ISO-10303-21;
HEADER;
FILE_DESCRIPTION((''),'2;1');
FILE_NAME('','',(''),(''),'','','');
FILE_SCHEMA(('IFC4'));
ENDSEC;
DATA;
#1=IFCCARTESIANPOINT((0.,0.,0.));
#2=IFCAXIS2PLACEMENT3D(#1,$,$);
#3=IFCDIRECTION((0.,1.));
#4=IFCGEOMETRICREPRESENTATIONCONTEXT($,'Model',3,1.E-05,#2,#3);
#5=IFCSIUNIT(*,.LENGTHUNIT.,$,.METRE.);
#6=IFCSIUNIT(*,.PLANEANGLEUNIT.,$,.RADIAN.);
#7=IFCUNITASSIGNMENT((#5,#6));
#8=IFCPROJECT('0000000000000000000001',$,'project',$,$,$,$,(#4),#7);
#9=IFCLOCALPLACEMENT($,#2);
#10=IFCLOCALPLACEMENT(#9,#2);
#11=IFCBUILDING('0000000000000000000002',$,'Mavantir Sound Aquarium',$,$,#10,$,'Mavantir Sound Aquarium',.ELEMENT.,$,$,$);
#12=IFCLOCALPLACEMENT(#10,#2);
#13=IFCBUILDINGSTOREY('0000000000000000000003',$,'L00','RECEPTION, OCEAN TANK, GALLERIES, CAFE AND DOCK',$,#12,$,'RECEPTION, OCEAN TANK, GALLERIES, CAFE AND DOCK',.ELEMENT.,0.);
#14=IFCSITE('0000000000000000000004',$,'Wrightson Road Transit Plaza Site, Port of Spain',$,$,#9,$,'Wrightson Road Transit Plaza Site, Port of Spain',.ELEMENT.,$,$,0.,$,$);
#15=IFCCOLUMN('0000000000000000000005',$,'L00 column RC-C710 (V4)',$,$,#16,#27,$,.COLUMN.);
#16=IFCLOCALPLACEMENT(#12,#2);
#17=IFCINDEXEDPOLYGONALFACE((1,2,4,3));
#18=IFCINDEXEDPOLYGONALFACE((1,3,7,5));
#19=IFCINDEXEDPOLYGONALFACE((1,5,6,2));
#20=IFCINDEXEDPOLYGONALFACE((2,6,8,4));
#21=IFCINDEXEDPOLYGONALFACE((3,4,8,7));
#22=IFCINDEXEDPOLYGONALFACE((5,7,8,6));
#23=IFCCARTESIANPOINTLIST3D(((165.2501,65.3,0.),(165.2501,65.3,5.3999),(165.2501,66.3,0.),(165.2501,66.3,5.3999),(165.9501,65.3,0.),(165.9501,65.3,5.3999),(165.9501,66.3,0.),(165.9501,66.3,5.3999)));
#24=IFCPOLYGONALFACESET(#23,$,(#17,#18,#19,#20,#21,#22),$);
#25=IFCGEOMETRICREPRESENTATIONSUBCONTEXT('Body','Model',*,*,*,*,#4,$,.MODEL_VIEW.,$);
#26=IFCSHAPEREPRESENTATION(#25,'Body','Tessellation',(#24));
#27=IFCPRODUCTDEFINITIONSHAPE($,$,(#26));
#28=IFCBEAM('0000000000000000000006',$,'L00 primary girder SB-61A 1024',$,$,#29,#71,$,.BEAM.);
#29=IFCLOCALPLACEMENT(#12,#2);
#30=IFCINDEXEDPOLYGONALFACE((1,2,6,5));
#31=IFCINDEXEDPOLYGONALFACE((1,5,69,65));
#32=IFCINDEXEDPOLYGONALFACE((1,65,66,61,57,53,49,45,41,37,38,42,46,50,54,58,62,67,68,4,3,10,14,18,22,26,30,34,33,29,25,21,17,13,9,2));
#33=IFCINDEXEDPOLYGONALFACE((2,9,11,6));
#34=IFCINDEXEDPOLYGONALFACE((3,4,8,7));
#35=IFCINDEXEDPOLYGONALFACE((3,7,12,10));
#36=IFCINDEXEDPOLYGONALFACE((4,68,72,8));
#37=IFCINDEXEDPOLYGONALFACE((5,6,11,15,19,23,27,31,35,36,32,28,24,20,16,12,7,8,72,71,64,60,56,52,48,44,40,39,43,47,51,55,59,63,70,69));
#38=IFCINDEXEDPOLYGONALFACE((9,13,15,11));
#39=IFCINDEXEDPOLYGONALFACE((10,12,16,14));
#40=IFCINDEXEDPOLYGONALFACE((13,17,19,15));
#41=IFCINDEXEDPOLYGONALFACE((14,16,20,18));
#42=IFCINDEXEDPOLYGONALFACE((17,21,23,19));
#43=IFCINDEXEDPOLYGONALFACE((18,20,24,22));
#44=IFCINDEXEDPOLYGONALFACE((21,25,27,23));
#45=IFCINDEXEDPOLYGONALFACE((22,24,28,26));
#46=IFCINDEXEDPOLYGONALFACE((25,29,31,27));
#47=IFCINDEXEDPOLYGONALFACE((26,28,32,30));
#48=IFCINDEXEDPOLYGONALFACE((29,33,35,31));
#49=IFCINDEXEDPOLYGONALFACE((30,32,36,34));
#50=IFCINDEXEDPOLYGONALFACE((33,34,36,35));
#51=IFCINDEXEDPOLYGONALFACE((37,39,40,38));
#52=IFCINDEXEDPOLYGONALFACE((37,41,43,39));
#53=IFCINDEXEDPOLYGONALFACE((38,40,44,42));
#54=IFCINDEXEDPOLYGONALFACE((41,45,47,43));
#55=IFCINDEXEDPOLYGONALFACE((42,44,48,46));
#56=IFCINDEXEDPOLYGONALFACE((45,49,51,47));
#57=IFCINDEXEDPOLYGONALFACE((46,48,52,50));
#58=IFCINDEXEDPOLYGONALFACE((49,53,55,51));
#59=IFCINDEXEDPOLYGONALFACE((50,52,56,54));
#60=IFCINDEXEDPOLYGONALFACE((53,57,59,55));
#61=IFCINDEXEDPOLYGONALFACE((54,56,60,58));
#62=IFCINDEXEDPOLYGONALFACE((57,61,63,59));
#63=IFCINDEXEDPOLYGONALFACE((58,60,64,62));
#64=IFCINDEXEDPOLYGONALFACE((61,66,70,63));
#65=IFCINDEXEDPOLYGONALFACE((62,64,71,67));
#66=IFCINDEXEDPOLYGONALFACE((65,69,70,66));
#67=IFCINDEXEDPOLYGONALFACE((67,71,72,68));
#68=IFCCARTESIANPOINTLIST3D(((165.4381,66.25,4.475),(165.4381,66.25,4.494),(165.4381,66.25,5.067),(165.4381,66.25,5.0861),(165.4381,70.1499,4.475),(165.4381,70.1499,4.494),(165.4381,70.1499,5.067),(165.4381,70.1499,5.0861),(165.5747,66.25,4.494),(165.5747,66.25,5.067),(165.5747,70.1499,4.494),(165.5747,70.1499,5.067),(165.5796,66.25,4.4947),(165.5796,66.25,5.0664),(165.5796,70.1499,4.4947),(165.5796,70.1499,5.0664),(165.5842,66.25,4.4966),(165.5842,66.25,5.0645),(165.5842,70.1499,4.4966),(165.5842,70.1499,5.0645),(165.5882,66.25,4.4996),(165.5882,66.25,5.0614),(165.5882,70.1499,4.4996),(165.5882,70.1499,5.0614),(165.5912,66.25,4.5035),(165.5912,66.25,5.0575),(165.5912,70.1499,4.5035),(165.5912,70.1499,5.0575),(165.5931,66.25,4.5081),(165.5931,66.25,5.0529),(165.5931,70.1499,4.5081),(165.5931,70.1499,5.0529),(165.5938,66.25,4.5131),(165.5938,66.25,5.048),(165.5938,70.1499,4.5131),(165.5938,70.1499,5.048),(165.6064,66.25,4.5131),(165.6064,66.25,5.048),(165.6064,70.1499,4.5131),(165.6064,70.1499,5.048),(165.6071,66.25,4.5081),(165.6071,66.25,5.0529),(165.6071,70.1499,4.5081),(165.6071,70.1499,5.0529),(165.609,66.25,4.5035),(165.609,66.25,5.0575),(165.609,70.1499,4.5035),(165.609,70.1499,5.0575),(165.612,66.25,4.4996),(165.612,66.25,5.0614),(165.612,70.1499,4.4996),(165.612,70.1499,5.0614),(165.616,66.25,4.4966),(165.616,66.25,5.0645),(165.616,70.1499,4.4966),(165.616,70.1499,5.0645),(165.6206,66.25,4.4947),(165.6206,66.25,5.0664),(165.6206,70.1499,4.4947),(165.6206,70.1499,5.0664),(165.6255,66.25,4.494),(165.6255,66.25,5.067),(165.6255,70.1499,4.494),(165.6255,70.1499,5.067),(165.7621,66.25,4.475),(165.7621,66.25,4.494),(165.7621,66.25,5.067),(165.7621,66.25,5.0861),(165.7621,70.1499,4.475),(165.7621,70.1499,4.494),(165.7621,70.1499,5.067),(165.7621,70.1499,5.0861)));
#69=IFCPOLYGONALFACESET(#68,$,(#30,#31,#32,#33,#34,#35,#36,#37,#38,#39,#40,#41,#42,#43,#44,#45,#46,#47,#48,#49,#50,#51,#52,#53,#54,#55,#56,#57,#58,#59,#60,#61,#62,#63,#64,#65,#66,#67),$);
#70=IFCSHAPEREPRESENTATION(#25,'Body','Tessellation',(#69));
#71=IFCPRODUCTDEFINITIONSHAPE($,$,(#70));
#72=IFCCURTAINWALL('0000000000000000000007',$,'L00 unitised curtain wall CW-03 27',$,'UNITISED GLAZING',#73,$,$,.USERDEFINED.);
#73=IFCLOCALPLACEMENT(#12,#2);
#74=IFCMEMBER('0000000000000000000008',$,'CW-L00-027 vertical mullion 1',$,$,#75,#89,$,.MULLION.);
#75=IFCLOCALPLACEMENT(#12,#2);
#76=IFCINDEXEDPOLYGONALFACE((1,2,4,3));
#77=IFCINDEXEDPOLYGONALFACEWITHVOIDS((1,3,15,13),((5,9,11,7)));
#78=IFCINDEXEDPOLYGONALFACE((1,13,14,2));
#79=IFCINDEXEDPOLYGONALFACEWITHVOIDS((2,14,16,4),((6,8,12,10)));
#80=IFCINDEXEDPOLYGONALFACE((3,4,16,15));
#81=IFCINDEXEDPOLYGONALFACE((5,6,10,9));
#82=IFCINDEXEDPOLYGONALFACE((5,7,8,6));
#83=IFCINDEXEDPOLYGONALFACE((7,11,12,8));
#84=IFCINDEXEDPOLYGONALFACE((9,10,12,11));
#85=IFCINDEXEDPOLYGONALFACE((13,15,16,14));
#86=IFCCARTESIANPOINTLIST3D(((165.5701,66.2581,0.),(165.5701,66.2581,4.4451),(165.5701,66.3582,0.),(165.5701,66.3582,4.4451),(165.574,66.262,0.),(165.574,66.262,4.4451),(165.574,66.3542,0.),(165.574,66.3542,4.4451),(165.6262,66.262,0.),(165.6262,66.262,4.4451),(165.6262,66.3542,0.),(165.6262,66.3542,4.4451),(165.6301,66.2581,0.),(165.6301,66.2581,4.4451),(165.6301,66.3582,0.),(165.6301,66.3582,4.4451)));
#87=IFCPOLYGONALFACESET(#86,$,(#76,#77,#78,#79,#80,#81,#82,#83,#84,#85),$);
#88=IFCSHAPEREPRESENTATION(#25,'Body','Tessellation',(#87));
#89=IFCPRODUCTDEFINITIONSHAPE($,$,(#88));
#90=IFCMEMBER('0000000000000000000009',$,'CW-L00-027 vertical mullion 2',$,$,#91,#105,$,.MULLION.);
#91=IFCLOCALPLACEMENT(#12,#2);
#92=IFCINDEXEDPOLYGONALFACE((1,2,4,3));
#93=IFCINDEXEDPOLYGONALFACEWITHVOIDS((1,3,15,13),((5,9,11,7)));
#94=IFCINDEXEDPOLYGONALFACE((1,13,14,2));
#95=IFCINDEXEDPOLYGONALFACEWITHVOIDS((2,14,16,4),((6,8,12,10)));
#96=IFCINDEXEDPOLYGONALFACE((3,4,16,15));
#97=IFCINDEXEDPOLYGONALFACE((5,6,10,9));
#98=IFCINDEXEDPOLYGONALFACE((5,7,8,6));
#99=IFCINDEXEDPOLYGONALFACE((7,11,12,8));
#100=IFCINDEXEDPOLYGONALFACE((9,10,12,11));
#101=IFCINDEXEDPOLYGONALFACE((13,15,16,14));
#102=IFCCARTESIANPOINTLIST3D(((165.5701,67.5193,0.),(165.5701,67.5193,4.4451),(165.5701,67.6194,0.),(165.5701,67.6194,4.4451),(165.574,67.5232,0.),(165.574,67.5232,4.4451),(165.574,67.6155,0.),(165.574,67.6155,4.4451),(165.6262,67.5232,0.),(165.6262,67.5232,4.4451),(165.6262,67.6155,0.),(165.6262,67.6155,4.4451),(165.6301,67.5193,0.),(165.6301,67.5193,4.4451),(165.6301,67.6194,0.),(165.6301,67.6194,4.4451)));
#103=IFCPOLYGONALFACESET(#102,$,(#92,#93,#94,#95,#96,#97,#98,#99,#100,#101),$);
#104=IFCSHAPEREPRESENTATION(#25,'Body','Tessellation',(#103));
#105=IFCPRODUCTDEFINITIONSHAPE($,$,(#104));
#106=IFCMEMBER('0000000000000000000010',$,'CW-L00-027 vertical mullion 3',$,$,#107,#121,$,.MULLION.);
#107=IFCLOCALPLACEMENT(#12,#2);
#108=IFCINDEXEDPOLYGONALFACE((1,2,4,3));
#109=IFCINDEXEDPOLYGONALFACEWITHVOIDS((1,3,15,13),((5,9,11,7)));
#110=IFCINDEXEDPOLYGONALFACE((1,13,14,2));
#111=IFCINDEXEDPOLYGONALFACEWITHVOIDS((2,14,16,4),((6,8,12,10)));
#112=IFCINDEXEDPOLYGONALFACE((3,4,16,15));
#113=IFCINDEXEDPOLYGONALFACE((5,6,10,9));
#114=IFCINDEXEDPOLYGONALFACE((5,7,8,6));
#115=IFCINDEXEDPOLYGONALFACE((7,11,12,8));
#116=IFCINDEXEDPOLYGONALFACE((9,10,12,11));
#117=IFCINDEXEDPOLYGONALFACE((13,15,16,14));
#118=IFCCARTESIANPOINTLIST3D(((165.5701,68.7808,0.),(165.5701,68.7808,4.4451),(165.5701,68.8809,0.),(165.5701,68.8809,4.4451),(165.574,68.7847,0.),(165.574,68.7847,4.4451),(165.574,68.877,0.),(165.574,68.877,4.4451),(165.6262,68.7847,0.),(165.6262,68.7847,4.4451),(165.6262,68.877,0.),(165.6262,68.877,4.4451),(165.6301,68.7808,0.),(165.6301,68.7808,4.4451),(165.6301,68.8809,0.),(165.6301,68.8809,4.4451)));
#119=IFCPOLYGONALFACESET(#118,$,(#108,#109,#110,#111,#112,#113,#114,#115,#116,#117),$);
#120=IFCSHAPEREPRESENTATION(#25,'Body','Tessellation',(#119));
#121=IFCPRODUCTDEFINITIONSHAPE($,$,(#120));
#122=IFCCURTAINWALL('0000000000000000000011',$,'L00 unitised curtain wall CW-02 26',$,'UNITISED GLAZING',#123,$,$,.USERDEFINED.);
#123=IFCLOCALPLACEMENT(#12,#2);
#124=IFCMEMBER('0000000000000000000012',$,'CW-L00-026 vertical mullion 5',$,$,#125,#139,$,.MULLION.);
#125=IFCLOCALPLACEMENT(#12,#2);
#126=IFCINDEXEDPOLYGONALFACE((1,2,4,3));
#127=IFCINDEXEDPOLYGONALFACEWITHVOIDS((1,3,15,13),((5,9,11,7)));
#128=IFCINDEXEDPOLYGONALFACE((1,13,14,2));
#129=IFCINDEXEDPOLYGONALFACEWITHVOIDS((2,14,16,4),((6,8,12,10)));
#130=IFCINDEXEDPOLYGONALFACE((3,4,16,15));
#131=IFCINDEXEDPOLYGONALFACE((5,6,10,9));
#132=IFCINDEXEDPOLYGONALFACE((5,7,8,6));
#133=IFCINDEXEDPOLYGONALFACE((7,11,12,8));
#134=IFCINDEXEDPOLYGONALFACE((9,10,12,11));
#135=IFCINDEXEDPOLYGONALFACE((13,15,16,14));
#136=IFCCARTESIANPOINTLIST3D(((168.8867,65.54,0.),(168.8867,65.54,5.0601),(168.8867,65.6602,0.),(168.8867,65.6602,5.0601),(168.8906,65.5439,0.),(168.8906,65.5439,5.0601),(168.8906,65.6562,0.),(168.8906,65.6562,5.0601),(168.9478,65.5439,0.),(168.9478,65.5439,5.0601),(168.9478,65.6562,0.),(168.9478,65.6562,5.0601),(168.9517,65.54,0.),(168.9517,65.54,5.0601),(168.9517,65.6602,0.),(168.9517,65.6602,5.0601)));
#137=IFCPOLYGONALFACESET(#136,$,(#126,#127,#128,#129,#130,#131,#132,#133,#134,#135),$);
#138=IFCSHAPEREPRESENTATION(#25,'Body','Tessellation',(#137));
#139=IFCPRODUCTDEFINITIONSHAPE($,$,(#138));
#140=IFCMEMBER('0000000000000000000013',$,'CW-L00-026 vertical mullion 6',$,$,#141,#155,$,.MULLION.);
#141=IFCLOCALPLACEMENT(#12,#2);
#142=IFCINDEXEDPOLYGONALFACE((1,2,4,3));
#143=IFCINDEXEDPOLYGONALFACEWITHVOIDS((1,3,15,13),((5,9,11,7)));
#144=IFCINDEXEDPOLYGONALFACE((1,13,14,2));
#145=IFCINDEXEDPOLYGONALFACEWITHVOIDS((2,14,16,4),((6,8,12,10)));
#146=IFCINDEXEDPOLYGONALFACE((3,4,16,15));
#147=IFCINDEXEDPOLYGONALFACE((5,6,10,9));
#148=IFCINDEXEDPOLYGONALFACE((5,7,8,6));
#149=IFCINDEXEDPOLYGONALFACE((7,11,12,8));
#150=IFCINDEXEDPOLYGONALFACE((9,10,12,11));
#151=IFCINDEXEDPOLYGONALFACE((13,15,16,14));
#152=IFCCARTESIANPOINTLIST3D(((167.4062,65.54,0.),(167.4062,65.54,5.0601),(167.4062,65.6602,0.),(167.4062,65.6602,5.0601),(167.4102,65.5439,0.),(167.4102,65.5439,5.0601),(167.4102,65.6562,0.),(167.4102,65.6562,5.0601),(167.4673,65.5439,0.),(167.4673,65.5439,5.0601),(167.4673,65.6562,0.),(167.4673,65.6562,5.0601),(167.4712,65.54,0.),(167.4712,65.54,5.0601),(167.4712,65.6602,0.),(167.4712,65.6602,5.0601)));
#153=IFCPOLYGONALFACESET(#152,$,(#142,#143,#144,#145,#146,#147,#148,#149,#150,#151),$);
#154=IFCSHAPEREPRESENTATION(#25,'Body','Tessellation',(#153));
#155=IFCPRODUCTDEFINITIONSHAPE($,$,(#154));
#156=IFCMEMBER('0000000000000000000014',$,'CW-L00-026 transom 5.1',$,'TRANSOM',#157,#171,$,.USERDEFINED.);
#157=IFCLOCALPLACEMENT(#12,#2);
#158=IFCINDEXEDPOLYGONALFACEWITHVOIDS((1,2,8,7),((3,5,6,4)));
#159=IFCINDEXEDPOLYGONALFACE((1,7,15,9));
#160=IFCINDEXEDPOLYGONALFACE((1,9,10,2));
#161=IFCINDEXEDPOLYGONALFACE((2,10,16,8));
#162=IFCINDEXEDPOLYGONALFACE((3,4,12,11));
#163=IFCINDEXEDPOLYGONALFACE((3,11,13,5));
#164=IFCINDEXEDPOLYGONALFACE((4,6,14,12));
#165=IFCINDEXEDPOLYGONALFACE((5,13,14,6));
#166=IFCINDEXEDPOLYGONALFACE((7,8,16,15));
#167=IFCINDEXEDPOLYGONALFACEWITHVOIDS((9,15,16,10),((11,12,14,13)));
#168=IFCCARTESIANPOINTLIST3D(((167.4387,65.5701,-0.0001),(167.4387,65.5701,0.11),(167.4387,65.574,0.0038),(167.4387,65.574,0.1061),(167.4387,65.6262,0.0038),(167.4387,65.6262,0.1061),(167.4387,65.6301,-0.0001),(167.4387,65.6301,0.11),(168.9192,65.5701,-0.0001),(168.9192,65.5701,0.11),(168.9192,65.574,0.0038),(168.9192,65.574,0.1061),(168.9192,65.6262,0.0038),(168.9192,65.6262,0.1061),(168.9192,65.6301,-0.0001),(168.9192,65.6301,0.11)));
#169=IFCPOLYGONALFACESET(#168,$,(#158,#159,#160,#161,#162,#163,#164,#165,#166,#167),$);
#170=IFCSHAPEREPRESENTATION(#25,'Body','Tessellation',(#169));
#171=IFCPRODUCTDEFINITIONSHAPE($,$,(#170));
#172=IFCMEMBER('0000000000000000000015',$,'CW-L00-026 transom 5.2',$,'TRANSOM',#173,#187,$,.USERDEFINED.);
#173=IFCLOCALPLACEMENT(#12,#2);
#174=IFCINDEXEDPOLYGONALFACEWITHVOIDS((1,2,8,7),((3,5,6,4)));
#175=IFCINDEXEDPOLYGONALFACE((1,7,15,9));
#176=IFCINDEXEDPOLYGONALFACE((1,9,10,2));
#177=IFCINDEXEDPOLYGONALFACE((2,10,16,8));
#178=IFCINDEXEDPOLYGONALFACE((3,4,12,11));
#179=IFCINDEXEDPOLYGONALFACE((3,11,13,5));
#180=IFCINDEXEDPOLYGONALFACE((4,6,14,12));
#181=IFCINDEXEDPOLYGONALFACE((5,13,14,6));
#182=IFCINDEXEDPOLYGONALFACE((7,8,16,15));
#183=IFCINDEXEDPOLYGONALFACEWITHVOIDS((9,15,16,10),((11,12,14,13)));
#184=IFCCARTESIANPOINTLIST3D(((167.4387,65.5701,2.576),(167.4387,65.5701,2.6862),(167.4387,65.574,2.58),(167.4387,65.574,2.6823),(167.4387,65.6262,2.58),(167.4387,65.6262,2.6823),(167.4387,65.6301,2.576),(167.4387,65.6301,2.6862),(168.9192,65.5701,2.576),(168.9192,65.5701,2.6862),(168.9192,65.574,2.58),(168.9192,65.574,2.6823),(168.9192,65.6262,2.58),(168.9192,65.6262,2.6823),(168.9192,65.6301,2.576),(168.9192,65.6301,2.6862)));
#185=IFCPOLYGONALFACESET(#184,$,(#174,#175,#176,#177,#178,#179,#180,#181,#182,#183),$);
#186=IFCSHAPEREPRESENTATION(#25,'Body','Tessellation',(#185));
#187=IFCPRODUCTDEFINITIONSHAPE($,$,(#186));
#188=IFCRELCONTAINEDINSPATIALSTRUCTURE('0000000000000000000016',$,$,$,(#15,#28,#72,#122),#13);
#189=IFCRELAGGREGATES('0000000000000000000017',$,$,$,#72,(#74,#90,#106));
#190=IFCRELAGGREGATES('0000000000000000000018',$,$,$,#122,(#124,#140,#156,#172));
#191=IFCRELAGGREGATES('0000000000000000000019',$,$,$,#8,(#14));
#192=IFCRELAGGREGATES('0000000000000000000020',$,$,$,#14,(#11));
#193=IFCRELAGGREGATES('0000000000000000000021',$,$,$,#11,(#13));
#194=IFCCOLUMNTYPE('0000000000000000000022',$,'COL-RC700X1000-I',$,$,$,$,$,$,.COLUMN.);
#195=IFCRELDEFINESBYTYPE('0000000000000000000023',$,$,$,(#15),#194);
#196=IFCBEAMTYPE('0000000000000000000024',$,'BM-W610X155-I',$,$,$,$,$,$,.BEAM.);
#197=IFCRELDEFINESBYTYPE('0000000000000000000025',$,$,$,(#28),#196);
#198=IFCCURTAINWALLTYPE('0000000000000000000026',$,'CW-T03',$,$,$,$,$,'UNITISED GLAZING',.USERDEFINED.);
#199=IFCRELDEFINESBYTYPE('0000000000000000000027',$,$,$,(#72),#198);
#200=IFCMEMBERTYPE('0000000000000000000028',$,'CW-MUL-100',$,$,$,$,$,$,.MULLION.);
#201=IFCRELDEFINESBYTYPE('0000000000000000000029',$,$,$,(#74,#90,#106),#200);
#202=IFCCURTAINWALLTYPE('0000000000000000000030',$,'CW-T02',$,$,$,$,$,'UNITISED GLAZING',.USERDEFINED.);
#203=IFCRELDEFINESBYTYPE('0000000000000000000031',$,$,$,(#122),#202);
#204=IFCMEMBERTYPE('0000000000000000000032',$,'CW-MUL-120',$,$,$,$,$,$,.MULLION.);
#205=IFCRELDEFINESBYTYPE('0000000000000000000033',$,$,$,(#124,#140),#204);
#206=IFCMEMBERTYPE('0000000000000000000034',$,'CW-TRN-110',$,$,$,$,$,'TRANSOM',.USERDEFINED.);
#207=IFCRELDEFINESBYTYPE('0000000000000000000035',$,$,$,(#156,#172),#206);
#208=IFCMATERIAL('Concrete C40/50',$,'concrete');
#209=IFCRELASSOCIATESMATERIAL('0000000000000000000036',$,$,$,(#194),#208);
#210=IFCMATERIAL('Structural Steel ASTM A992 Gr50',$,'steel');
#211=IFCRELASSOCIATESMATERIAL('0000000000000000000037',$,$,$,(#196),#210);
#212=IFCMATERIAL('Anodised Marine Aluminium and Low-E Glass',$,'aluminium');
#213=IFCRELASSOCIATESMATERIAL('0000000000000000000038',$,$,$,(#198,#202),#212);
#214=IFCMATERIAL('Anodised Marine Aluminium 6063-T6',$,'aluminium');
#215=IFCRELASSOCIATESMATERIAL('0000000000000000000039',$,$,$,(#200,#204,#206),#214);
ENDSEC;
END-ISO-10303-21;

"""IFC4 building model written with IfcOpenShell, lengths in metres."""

from ifc_helpers import new_model, si_unit, direction, frame, origin, origin_2d, place, context, subcontext, project, spatial, rectangle, hollow_rectangle, i_section, extrude, material, material_profile, profile_set, type_object, element, aggregate, save


model = new_model("IFC4")

# Units and contexts
model_context = context("Model", 3, precision=1e-05, world=origin(), true_north=direction((0.0, 1.0)))
body_context = subcontext(model_context, "Body", "Model", "MODEL_VIEW")
ifc_project = project(units=[si_unit("LENGTHUNIT", "METRE"), si_unit("PLANEANGLEUNIT", "RADIAN")], contexts=[model_context])

# Site, building, storey
site_placement = place(None, origin())
site = spatial("IfcSite", under=ifc_project, at=site_placement, Name="Wrightson Road Transit Plaza Site, Port of Spain", LongName="Wrightson Road Transit Plaza Site, Port of Spain", CompositionType="ELEMENT", RefElevation=0.0)
building_placement = place(site_placement, origin())
building = spatial("IfcBuilding", under=site, at=building_placement, Name="Mavantir Sound Aquarium", LongName="Mavantir Sound Aquarium", CompositionType="ELEMENT")
storey_placement = place(building_placement, origin())
storey = spatial("IfcBuildingStorey", under=building, at=storey_placement, Name="L00", Description="RECEPTION, OCEAN TANK, GALLERIES, CAFE AND DOCK", LongName="RECEPTION, OCEAN TANK, GALLERIES, CAFE AND DOCK", CompositionType="ELEMENT", Elevation=0.0)

# Column
ifc_material_1 = material(Name="Concrete C40/50", Category="concrete")
ifc_material_profile_1 = material_profile(ifc_material_1, rectangle(XDim=0.7, YDim=1.0, at=origin_2d()), Name="RC 700X1000")
ifc_profile_set_1 = profile_set([ifc_material_profile_1], Name="Concrete C40/50")
column_type = type_object("IfcColumnType", Name="COL-RC700X1000-I", PredefinedType="COLUMN", material=ifc_profile_set_1)
column_placement = place(storey_placement, frame((165.6001, 65.8, 0.0), z_axis=(0.0, 0.0, 1.0), x_axis=(1.0, 0.0, 0.0)))
element("IfcColumn", 1, at=column_placement, inside=storey, type_object=column_type, Name="L00 column RC-C710 (V4)", PredefinedType="COLUMN", context=body_context, shape_type="SweptSolid", body=[
    extrude(rectangle(XDim=0.7, YDim=1.0, at=origin_2d()), origin(), (0.0, 0.0, 1.0), 5.3999),
])

# Beam
ifc_material_2 = material(Name="Structural Steel ASTM A992 Gr50", Category="steel")
ifc_material_profile_2 = material_profile(ifc_material_2, i_section(OverallWidth=0.324, OverallDepth=0.6111, WebThickness=0.0127, FlangeThickness=0.019, FilletRadius=0.019, at=origin_2d()), Name="W610X155")
ifc_profile_set_2 = profile_set([ifc_material_profile_2], Name="Structural Steel ASTM A992 Gr50")
beam_type = type_object("IfcBeamType", Name="BM-W610X155-I", PredefinedType="BEAM", material=ifc_profile_set_2)
beam_placement = place(storey_placement, frame((165.6001, 66.25, 4.7805), z_axis=(0.0, 1.0, 0.0), x_axis=(-1.0, 0.0, 0.0)))
element("IfcBeam", 2, at=beam_placement, inside=storey, type_object=beam_type, Name="L00 primary girder SB-61A 1024", PredefinedType="BEAM", context=body_context, shape_type="SweptSolid", body=[
    extrude(i_section(OverallWidth=0.324, OverallDepth=0.6111, WebThickness=0.0127, FlangeThickness=0.019, FilletRadius=0.019, at=origin_2d()), origin(), (0.0, 0.0, 1.0), 3.8999),
])

# Curtain walls, members
ifc_material_3 = material(Name="Anodised Marine Aluminium and Low-E Glass", Category="aluminium")
curtain_wall_type_1 = type_object("IfcCurtainWallType", Name="CW-T03", ElementType="UNITISED GLAZING", PredefinedType="USERDEFINED", material=ifc_material_3)
curtain_wall_1_placement = place(storey_placement, origin())
curtain_wall_1 = element("IfcCurtainWall", 3, at=curtain_wall_1_placement, inside=storey, type_object=curtain_wall_type_1, Name="L00 unitised curtain wall CW-03 27", ObjectType="UNITISED GLAZING", PredefinedType="USERDEFINED")
ifc_material_4 = material(Name="Anodised Marine Aluminium 6063-T6", Category="aluminium")
ifc_material_profile_3 = material_profile(ifc_material_4, hollow_rectangle(XDim=0.0601, YDim=0.1001, WallThickness=0.0039, at=origin_2d()), Name="ALU-MULLION-100X60")
ifc_profile_set_3 = profile_set([ifc_material_profile_3], Name="Anodised Marine Aluminium 6063-T6")
member_type_1 = type_object("IfcMemberType", Name="CW-MUL-100", PredefinedType="MULLION", material=ifc_profile_set_3)
member_1_placement = place(storey_placement, frame((165.6001, 66.3081, 0.0), z_axis=(0.0, 0.0, 1.0), x_axis=(1.0, 0.0, 0.0)))
member_1 = element("IfcMember", 4, at=member_1_placement, type_object=member_type_1, Name="CW-L00-027 vertical mullion 1", PredefinedType="MULLION", context=body_context, shape_type="SweptSolid", body=[
    extrude(hollow_rectangle(XDim=0.0601, YDim=0.1001, WallThickness=0.0039, at=origin_2d()), origin(), (0.0, 0.0, 1.0), 4.4451),
])
member_2_placement = place(storey_placement, frame((165.6001, 67.5693, 0.0), z_axis=(0.0, 0.0, 1.0), x_axis=(1.0, 0.0, 0.0)))
member_2 = element("IfcMember", 5, at=member_2_placement, type_object=member_type_1, Name="CW-L00-027 vertical mullion 2", PredefinedType="MULLION", context=body_context, shape_type="SweptSolid", body=[
    extrude(hollow_rectangle(XDim=0.0601, YDim=0.1001, WallThickness=0.0039, at=origin_2d()), origin(), (0.0, 0.0, 1.0), 4.4451),
])
member_3_placement = place(storey_placement, frame((165.6001, 68.8308, 0.0), z_axis=(0.0, 0.0, 1.0), x_axis=(1.0, 0.0, 0.0)))
member_3 = element("IfcMember", 6, at=member_3_placement, type_object=member_type_1, Name="CW-L00-027 vertical mullion 3", PredefinedType="MULLION", context=body_context, shape_type="SweptSolid", body=[
    extrude(hollow_rectangle(XDim=0.0601, YDim=0.1001, WallThickness=0.0039, at=origin_2d()), origin(), (0.0, 0.0, 1.0), 4.4451),
])
curtain_wall_type_2 = type_object("IfcCurtainWallType", Name="CW-T02", ElementType="UNITISED GLAZING", PredefinedType="USERDEFINED", material=ifc_material_3)
curtain_wall_2_placement = place(storey_placement, origin())
curtain_wall_2 = element("IfcCurtainWall", 7, at=curtain_wall_2_placement, inside=storey, type_object=curtain_wall_type_2, Name="L00 unitised curtain wall CW-02 26", ObjectType="UNITISED GLAZING", PredefinedType="USERDEFINED")
ifc_material_profile_4 = material_profile(ifc_material_4, hollow_rectangle(XDim=0.0649, YDim=0.1201, WallThickness=0.0039, at=origin_2d()), Name="ALU-MULLION-120X65")
ifc_profile_set_4 = profile_set([ifc_material_profile_4], Name="Anodised Marine Aluminium 6063-T6")
member_type_2 = type_object("IfcMemberType", Name="CW-MUL-120", PredefinedType="MULLION", material=ifc_profile_set_4)
member_4_placement = place(storey_placement, frame((168.9192, 65.6001, 0.0), z_axis=(0.0, 0.0, 1.0), x_axis=(1.0, 0.0, 0.0)))
member_4 = element("IfcMember", 8, at=member_4_placement, type_object=member_type_2, Name="CW-L00-026 vertical mullion 5", PredefinedType="MULLION", context=body_context, shape_type="SweptSolid", body=[
    extrude(hollow_rectangle(XDim=0.0649, YDim=0.1201, WallThickness=0.0039, at=origin_2d()), origin(), (0.0, 0.0, 1.0), 5.0601),
])
member_5_placement = place(storey_placement, frame((167.4387, 65.6001, 0.0), z_axis=(0.0, 0.0, 1.0), x_axis=(1.0, 0.0, 0.0)))
member_5 = element("IfcMember", 9, at=member_5_placement, type_object=member_type_2, Name="CW-L00-026 vertical mullion 6", PredefinedType="MULLION", context=body_context, shape_type="SweptSolid", body=[
    extrude(hollow_rectangle(XDim=0.0649, YDim=0.1201, WallThickness=0.0039, at=origin_2d()), origin(), (0.0, 0.0, 1.0), 5.0601),
])
ifc_material_profile_5 = material_profile(ifc_material_4, hollow_rectangle(XDim=0.0601, YDim=0.1101, WallThickness=0.0039, at=origin_2d()), Name="ALU-TRANSOM-110X60")
ifc_profile_set_5 = profile_set([ifc_material_profile_5], Name="Anodised Marine Aluminium 6063-T6")
member_type_3 = type_object("IfcMemberType", Name="CW-TRN-110", ElementType="TRANSOM", PredefinedType="USERDEFINED", material=ifc_profile_set_5)
member_6_placement = place(storey_placement, frame((168.9192, 65.6001, 0.0549), z_axis=(-1.0, 0.0, 0.0), x_axis=(0.0, -1.0, 0.0)))
member_6 = element("IfcMember", 10, at=member_6_placement, type_object=member_type_3, Name="CW-L00-026 transom 5.1", ObjectType="TRANSOM", PredefinedType="USERDEFINED", context=body_context, shape_type="SweptSolid", body=[
    extrude(hollow_rectangle(XDim=0.0601, YDim=0.1101, WallThickness=0.0039, at=origin_2d()), origin(), (0.0, 0.0, 1.0), 1.4805),
])
member_7_placement = place(storey_placement, frame((168.9192, 65.6001, 2.6311), z_axis=(-1.0, 0.0, 0.0), x_axis=(0.0, -1.0, 0.0)))
member_7 = element("IfcMember", 11, at=member_7_placement, type_object=member_type_3, Name="CW-L00-026 transom 5.2", ObjectType="TRANSOM", PredefinedType="USERDEFINED", context=body_context, shape_type="SweptSolid", body=[
    extrude(hollow_rectangle(XDim=0.0601, YDim=0.1101, WallThickness=0.0039, at=origin_2d()), origin(), (0.0, 0.0, 1.0), 1.4805),
])

aggregate(curtain_wall_1, [member_1, member_2, member_3])
aggregate(curtain_wall_2, [member_4, member_5, member_6, member_7])

save(model, "model.ifc")
